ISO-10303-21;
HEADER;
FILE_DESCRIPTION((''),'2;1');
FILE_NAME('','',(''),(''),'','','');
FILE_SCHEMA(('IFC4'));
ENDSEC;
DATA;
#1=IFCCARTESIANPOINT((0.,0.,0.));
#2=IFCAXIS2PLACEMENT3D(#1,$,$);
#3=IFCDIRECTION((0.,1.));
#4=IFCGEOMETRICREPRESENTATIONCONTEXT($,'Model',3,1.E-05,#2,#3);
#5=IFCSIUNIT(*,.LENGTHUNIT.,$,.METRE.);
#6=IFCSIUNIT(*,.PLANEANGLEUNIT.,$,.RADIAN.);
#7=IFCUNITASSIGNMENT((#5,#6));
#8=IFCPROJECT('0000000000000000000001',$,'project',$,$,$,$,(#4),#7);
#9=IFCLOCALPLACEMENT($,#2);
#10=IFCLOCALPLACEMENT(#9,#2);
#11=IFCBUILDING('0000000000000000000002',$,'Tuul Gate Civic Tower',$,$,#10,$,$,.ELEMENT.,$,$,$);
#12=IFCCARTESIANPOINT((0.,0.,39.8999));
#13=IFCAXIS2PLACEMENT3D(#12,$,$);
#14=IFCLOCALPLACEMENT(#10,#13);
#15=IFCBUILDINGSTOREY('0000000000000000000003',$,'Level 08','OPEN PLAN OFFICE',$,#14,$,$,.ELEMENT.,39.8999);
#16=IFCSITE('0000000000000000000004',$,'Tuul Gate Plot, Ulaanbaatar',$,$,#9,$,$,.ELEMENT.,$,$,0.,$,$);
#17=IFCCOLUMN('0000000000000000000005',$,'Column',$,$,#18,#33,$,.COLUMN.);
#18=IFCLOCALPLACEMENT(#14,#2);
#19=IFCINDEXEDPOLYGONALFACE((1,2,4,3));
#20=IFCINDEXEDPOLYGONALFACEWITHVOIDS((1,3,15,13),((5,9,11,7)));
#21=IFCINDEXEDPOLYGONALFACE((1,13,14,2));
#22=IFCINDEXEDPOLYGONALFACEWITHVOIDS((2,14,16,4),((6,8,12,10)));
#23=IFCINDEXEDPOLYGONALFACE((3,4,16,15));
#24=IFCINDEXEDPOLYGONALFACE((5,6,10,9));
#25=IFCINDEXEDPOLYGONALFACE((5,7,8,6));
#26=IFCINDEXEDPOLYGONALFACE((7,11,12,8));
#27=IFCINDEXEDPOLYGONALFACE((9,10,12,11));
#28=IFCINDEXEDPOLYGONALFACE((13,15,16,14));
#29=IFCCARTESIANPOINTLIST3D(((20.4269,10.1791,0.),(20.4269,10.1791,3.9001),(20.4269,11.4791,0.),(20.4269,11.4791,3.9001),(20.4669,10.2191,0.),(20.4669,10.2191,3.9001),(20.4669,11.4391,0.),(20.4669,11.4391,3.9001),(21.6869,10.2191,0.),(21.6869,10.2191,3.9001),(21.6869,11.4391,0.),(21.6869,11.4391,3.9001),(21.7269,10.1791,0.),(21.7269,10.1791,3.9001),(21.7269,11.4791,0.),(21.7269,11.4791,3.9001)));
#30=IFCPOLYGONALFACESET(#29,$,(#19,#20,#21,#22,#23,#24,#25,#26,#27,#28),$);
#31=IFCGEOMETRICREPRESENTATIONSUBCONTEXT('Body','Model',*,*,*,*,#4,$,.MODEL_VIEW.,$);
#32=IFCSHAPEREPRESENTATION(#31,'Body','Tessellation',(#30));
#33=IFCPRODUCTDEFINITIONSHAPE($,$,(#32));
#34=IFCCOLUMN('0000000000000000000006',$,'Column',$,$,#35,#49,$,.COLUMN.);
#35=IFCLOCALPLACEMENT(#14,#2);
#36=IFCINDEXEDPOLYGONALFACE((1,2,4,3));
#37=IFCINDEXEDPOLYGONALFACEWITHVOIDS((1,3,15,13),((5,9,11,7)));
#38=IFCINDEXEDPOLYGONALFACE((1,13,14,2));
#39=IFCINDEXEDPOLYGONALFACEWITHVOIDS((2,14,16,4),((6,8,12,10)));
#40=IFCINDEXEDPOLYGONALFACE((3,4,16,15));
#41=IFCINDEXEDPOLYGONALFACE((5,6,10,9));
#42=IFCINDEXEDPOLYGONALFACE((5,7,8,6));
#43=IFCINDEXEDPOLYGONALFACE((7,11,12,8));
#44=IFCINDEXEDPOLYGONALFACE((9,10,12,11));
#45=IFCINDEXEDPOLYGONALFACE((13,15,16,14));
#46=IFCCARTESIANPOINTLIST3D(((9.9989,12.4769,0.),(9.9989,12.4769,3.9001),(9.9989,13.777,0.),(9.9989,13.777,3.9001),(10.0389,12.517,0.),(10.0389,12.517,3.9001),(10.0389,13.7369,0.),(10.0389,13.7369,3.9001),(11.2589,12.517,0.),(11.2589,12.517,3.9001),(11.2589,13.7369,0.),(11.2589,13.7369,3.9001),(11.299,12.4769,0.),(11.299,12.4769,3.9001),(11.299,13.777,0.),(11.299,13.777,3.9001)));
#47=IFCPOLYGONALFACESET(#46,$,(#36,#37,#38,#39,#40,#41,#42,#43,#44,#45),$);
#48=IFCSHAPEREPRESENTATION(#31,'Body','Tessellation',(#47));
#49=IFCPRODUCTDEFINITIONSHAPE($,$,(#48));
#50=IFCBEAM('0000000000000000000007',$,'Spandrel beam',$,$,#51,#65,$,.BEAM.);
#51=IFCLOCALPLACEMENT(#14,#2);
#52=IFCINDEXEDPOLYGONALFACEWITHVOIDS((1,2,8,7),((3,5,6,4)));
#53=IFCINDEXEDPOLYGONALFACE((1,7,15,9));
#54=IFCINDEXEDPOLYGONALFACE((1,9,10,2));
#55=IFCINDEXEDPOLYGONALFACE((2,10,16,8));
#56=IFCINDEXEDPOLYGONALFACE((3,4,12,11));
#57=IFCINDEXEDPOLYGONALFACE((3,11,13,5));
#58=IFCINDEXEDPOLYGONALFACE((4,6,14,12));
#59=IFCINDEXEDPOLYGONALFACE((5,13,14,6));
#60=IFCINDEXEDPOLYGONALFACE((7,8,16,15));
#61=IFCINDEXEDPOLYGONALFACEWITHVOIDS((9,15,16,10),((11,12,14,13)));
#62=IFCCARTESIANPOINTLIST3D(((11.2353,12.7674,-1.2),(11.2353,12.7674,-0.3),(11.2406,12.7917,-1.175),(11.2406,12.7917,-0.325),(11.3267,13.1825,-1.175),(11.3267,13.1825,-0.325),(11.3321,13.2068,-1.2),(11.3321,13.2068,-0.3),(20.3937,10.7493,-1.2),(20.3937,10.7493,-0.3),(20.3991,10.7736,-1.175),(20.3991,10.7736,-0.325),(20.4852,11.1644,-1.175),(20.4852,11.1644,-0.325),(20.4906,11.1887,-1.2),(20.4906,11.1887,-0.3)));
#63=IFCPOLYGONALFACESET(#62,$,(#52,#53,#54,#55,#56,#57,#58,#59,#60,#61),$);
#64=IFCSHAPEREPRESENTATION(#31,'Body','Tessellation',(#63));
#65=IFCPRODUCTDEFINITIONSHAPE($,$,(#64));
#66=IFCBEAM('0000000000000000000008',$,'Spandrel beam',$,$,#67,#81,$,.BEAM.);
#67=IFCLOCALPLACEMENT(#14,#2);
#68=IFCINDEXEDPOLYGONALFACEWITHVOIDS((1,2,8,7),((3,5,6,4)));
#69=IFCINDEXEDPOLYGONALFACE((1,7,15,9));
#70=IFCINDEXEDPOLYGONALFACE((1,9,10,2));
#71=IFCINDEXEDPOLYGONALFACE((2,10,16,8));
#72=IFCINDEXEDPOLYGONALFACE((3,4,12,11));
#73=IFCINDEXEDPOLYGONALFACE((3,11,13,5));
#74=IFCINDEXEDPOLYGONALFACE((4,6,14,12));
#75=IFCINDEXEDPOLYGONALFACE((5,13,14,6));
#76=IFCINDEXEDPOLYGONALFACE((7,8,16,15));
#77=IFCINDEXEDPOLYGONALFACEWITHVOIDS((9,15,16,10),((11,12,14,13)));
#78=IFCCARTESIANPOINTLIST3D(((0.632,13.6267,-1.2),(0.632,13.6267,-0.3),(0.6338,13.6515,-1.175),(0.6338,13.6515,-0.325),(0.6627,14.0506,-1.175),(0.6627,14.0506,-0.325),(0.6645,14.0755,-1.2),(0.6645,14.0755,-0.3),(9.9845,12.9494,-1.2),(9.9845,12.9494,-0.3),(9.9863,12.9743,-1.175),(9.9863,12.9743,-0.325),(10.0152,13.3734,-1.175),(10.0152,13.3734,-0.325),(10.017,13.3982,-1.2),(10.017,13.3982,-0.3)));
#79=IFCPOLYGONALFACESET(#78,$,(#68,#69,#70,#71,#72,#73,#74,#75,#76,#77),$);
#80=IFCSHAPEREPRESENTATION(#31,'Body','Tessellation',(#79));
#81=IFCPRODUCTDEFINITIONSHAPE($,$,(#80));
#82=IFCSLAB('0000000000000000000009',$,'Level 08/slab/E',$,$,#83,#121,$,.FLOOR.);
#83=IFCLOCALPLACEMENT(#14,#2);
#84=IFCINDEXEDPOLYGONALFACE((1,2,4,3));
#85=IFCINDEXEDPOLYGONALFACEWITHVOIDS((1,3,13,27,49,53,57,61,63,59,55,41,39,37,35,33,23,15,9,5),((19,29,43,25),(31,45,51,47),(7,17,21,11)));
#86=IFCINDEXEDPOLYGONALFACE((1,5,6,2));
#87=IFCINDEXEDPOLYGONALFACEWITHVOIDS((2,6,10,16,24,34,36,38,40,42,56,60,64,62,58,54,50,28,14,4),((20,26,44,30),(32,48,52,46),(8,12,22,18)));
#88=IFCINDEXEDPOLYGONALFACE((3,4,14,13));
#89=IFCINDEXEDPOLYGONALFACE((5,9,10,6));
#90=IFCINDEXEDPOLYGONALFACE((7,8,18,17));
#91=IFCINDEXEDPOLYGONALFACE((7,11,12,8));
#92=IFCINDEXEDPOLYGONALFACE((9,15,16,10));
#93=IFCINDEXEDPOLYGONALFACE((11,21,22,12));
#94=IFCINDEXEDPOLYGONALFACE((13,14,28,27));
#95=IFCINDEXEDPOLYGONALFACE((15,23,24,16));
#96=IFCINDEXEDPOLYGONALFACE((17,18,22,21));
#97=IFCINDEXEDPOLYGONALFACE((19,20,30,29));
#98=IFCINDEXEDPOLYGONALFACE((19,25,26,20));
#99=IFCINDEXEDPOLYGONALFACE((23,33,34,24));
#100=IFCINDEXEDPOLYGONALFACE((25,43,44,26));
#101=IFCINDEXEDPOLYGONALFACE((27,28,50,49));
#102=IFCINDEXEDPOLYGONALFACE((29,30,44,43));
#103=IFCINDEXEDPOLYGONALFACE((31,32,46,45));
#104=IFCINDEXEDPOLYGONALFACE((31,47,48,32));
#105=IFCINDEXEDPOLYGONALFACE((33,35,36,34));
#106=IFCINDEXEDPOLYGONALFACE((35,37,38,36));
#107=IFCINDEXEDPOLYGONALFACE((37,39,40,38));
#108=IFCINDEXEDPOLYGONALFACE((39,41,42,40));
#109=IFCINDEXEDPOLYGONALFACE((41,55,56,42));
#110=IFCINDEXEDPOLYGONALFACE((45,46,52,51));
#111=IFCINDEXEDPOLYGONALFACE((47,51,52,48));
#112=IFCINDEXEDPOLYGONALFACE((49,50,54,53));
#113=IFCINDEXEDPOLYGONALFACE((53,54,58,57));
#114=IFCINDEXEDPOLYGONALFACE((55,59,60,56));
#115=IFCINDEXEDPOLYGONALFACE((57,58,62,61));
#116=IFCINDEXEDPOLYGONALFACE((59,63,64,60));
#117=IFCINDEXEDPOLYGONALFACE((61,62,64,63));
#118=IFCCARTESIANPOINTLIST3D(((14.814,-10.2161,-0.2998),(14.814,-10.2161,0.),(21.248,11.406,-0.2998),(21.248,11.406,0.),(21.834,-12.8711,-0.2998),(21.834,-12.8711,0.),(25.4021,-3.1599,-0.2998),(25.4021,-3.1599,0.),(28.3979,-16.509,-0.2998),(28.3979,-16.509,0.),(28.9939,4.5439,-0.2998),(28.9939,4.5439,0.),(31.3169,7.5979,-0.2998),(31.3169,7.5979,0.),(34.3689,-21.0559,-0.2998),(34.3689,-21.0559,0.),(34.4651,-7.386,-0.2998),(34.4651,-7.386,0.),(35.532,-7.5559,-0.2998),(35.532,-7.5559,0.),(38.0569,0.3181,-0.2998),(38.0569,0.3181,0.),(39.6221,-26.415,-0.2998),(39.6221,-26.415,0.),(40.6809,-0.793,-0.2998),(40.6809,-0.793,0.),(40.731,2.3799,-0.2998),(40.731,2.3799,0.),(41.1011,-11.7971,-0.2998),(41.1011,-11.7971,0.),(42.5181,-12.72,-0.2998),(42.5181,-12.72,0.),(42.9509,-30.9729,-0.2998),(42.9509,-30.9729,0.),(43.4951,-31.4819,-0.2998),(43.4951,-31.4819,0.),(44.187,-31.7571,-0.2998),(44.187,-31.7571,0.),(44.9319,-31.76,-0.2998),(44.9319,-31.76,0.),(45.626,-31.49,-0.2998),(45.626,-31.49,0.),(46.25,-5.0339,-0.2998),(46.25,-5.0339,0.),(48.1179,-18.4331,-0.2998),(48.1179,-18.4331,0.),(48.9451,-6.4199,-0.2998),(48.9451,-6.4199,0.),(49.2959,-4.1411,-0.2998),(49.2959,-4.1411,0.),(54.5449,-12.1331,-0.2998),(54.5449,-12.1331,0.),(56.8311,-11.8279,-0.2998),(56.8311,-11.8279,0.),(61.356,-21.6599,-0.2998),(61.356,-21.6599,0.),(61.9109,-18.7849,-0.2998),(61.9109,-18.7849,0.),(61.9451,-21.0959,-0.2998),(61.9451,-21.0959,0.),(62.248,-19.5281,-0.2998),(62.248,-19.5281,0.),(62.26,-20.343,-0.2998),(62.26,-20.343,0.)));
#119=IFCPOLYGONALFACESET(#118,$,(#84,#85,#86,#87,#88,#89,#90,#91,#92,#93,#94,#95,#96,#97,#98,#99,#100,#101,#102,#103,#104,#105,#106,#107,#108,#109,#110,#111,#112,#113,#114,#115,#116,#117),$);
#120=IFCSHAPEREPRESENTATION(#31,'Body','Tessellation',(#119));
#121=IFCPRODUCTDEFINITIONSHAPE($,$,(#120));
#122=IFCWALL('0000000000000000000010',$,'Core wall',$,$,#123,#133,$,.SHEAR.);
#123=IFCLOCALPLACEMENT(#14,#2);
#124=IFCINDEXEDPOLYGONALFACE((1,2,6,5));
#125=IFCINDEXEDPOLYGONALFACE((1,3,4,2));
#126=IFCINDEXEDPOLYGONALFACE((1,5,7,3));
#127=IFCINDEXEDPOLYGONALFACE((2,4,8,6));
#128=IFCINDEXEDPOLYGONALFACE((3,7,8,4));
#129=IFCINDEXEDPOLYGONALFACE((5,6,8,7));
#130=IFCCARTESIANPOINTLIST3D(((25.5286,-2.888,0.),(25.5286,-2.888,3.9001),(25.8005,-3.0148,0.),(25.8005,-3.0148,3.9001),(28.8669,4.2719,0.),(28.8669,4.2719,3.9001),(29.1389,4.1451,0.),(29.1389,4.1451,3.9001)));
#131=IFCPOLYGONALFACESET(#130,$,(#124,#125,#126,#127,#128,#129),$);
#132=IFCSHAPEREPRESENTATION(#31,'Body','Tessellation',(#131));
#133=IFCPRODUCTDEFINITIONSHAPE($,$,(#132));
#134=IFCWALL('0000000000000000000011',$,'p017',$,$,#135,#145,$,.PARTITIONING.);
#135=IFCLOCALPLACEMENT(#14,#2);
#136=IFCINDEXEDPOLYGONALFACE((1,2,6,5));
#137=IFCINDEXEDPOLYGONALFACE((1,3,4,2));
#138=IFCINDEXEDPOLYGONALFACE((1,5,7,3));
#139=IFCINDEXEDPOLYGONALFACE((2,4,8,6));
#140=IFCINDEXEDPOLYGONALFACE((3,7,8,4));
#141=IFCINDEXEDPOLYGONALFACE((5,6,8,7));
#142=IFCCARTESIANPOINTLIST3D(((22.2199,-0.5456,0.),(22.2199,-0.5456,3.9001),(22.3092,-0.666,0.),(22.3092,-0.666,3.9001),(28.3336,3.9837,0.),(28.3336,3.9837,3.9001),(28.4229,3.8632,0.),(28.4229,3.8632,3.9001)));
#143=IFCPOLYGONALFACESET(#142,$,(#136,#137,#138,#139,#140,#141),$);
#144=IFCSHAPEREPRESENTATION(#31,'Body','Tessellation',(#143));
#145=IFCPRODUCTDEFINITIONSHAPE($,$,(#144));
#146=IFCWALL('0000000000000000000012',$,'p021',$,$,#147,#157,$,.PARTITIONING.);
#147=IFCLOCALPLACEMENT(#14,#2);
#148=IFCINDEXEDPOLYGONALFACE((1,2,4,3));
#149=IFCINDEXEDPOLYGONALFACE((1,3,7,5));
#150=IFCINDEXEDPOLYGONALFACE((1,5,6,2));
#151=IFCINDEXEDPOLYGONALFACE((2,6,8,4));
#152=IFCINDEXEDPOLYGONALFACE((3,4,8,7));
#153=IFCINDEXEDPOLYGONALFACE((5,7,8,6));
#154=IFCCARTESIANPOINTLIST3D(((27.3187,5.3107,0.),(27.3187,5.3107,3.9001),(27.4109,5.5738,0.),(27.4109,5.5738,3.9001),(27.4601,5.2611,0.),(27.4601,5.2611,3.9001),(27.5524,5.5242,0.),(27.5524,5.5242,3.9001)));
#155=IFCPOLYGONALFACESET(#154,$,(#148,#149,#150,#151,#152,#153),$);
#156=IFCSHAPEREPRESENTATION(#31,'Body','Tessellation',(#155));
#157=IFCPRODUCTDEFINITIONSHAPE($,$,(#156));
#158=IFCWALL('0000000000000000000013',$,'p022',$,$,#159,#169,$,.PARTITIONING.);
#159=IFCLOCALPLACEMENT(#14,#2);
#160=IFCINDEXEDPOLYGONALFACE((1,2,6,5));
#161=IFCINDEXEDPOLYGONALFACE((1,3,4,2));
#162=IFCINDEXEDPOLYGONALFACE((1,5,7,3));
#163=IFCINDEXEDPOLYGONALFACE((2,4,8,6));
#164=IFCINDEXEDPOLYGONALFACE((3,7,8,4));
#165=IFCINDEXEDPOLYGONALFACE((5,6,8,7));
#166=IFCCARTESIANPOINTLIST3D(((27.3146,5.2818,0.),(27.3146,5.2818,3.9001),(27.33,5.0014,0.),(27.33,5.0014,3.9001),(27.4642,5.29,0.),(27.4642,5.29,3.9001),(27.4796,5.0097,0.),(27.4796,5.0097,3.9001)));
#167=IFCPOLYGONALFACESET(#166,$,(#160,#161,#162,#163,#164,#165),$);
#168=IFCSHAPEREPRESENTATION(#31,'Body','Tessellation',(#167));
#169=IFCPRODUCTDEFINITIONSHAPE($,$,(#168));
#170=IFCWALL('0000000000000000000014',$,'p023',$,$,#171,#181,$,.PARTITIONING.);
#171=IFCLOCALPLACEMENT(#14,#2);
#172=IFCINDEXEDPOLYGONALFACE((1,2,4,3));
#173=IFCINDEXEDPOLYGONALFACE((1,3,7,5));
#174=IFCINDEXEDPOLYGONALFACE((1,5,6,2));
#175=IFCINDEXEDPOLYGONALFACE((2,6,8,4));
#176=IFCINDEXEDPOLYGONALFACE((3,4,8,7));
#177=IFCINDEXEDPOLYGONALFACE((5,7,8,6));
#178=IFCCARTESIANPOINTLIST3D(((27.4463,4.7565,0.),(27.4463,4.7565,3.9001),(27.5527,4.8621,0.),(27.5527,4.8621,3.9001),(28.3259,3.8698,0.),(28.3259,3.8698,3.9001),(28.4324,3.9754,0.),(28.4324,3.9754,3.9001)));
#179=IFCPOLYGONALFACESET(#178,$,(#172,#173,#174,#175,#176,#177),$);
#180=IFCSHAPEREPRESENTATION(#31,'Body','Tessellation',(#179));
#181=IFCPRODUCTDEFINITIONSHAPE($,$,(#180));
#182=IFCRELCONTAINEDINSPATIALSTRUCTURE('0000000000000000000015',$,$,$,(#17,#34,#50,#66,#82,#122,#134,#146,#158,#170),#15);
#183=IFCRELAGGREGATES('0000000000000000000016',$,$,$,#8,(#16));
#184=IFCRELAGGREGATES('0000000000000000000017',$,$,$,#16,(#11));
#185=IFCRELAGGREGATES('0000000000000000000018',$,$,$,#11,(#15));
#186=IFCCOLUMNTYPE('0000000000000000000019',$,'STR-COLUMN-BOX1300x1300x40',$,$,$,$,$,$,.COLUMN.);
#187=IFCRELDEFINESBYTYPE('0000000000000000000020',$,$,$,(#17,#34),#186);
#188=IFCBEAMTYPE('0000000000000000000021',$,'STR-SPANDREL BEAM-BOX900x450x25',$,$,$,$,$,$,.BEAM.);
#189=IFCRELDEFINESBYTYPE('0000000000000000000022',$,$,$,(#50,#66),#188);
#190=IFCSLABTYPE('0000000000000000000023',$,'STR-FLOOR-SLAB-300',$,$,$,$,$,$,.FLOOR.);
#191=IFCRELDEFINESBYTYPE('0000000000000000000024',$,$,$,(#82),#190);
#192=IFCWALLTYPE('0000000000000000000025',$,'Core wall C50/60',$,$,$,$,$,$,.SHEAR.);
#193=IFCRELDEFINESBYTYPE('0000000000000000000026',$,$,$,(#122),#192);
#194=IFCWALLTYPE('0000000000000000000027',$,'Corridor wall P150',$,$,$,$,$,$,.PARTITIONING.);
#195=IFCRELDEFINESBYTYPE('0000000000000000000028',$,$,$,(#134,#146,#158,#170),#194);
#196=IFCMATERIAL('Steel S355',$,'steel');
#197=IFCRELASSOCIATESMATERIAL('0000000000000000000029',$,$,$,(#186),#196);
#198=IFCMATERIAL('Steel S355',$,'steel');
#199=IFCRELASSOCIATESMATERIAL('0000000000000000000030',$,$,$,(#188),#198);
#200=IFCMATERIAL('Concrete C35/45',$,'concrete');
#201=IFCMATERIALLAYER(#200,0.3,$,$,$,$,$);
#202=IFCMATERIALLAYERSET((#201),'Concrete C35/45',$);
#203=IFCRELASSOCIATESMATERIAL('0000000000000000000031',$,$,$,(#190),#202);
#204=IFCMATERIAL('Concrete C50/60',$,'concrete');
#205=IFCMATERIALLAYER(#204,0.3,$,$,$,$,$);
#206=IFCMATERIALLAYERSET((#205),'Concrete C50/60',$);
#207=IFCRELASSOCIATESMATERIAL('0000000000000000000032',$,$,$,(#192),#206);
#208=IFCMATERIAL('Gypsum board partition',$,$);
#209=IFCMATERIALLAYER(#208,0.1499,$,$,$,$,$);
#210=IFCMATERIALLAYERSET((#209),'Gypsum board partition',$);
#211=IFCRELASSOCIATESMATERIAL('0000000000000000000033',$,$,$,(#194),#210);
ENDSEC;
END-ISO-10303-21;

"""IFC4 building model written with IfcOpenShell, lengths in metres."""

from ifc_helpers import new_model, si_unit, direction, frame, frame_2d, origin, origin_2d, place, context, subcontext, project, spatial, polyline, rectangle, hollow_rectangle, outline, extrude, material, layer, layer_set, material_profile, profile_set, type_object, element, save


model = new_model("IFC4")

# Units and contexts
model_context = context("Model", 3, precision=1e-05, world=origin(), true_north=direction((0.0, 1.0)))
body_context = subcontext(model_context, "Body", "Model", "MODEL_VIEW")
ifc_project = project(units=[si_unit("LENGTHUNIT", "METRE"), si_unit("PLANEANGLEUNIT", "RADIAN")], contexts=[model_context])

# Site, building, storey
site_placement = place(None, origin())
site = spatial("IfcSite", under=ifc_project, at=site_placement, Name="Tuul Gate Plot, Ulaanbaatar", CompositionType="ELEMENT", RefElevation=0.0)
building_placement = place(site_placement, origin())
building = spatial("IfcBuilding", under=site, at=building_placement, Name="Tuul Gate Civic Tower", CompositionType="ELEMENT")
storey_placement = place(building_placement, frame((0.0, 0.0, 39.8999)))
storey = spatial("IfcBuildingStorey", under=building, at=storey_placement, Name="Level 08", Description="OPEN PLAN OFFICE", CompositionType="ELEMENT", Elevation=39.8999)

# Columns
ifc_material_1 = material(Name="Steel S355", Category="steel")
ifc_material_profile_1 = material_profile(ifc_material_1, hollow_rectangle(XDim=1.3, YDim=1.3, WallThickness=0.04, at=origin_2d()), Name="BOX1300x1300x40")
ifc_profile_set_1 = profile_set([ifc_material_profile_1], Name="Steel S355")
column_type = type_object("IfcColumnType", Name="STR-COLUMN-BOX1300x1300x40", PredefinedType="COLUMN", material=ifc_profile_set_1)
for number, where, z_axis, x_axis, name in (
    (1, (21.0769, 10.8291, 0.0), (0.0, 0.0, 1.0), (1.0, 0.0, 0.0), "Column"),
    (2, (10.6489, 13.127, 0.0), (0.0, 0.0, 1.0), (1.0, 0.0, 0.0), "Column"),
):
    element("IfcColumn", number, at=place(storey_placement, frame(where, z_axis=z_axis, x_axis=x_axis)), inside=storey, type_object=column_type, Name=name, PredefinedType="COLUMN", context=body_context, shape_type="SweptSolid", body=[
        extrude(hollow_rectangle(XDim=1.3, YDim=1.3, WallThickness=0.04, at=origin_2d()), origin(), (0.0, 0.0, 1.0), 3.9001),
    ])

# Beams
ifc_material_2 = material(Name="Steel S355", Category="steel")
ifc_material_profile_2 = material_profile(ifc_material_2, hollow_rectangle(XDim=0.45, YDim=0.8999, WallThickness=0.0249, at=origin_2d()), Name="BOX900x450x25")
ifc_profile_set_2 = profile_set([ifc_material_profile_2], Name="Steel S355")
beam_type = type_object("IfcBeamType", Name="STR-SPANDREL BEAM-BOX900x450x25", PredefinedType="BEAM", material=ifc_profile_set_2)
beam_1_placement = place(storey_placement, frame((20.4421, 10.969, -0.75), z_axis=(-0.976573, 0.215188, 0.0), x_axis=(-0.215188, -0.976573, 0.0)))
element("IfcBeam", 3, at=beam_1_placement, inside=storey, type_object=beam_type, Name="Spandrel beam", PredefinedType="BEAM", context=body_context, shape_type="SweptSolid", body=[
    extrude(hollow_rectangle(XDim=0.45, YDim=0.8999, WallThickness=0.0249, at=origin_2d()), origin(), (0.0, 0.0, 1.0), 9.3782),
])
beam_2_placement = place(storey_placement, frame((10.0007, 13.1738, -0.75), z_axis=(-0.997388, 0.072224, 0.0), x_axis=(-0.072224, -0.997388, 0.0)))
element("IfcBeam", 4, at=beam_2_placement, inside=storey, type_object=beam_type, Name="Spandrel beam", PredefinedType="BEAM", context=body_context, shape_type="SweptSolid", body=[
    extrude(hollow_rectangle(XDim=0.45, YDim=0.8999, WallThickness=0.0249, at=origin_2d()), origin(), (0.0, 0.0, 1.0), 9.377),
])

# Slab
ifc_material_3 = material(Name="Concrete C35/45", Category="concrete")
ifc_layer_1 = layer(ifc_material_3, 0.3)
ifc_layer_set_1 = layer_set([ifc_layer_1], Name="Concrete C35/45")
slab_type = type_object("IfcSlabType", Name="STR-FLOOR-SLAB-300", PredefinedType="FLOOR", material=ifc_layer_set_1)
slab_placement = place(storey_placement, frame((0.0, 0.0, -0.2998)))
element("IfcSlab", 5, at=slab_placement, inside=storey, type_object=slab_type, Name="Level 08/slab/E", PredefinedType="FLOOR", context=body_context, shape_type="SweptSolid", body=[
    extrude(outline(polyline([(44.9319, -31.76), (45.626, -31.49), (61.356, -21.6599), (61.9451, -21.0959), (62.26, -20.343), (62.248, -19.5281), (61.9109, -18.7849), (56.8311, -11.8279), (49.2959, -4.1411), (40.731, 2.3799), (31.3169, 7.5979), (21.248, 11.406), (14.814, -10.2161), (21.834, -12.8711), (28.3979, -16.509), (34.3689, -21.0559), (39.6221, -26.415), (42.9509, -30.9729), (43.4951, -31.4819), (44.187, -31.7571), (44.9319, -31.76)]), holes=[polyline([(48.1179, -18.4331), (42.5181, -12.72), (48.9451, -6.4199), (54.5449, -12.1331), (48.1179, -18.4331)]), polyline([(35.532, -7.5559), (40.6809, -0.793), (46.25, -5.0339), (41.1011, -11.7971), (35.532, -7.5559)]), polyline([(25.4021, -3.1599), (28.9939, 4.5439), (38.0569, 0.3181), (34.4651, -7.386), (25.4021, -3.1599)])]), origin(), (0.0, 0.0, 1.0), 0.2998),
])

# Walls
ifc_material_4 = material(Name="Concrete C50/60", Category="concrete")
ifc_layer_2 = layer(ifc_material_4, 0.3)
ifc_layer_set_2 = layer_set([ifc_layer_2], Name="Concrete C50/60")
wall_type_1 = type_object("IfcWallType", Name="Core wall C50/60", PredefinedType="SHEAR", material=ifc_layer_set_2)
wall_1_placement = place(storey_placement, frame((25.6646, -2.9514, 0.0), z_axis=(0.0, 0.0, 1.0), x_axis=(0.422583, 0.906324, 0.0)))
element("IfcWall", 6, at=wall_1_placement, inside=storey, type_object=wall_type_1, Name="Core wall", PredefinedType="SHEAR", context=body_context, shape_type="SweptSolid", body=[
    extrude(rectangle(XDim=7.8999, YDim=0.3, at=frame_2d((3.95, 0.0))), origin(), (0.0, 0.0, 1.0), 3.9001),
])
ifc_material_5 = material(Name="Gypsum board partition")
ifc_layer_3 = layer(ifc_material_5, 0.1499)
ifc_layer_set_3 = layer_set([ifc_layer_3], Name="Gypsum board partition")
wall_type_2 = type_object("IfcWallType", Name="Corridor wall P150", PredefinedType="PARTITIONING", material=ifc_layer_set_3)
wall_2_placement = place(storey_placement, frame((22.2646, -0.6057, 0.0), z_axis=(0.0, 0.0, 1.0), x_axis=(0.803521, 0.595277, 0.0)))
element("IfcWall", 7, at=wall_2_placement, inside=storey, type_object=wall_type_2, Name="p017", PredefinedType="PARTITIONING", context=body_context, shape_type="SweptSolid", body=[
    extrude(rectangle(XDim=7.6086, YDim=0.1499, at=frame_2d((3.8042, 0.0))), origin(), (0.0, 0.0, 1.0), 3.9001),
])
wall_3_placement = place(storey_placement, frame((27.3894, 5.2859, 0.0), z_axis=(0.0, 0.0, 1.0), x_axis=(0.330896, 0.943667, 0.0)))
element("IfcWall", 8, at=wall_3_placement, inside=storey, type_object=wall_type_2, Name="p021", PredefinedType="PARTITIONING", context=body_context, shape_type="SweptSolid", body=[
    extrude(rectangle(XDim=0.2788, YDim=0.1499, at=frame_2d((0.1394, 0.0))), origin(), (0.0, 0.0, 1.0), 3.9001),
])
wall_4_placement = place(storey_placement, frame((27.3894, 5.2859, 0.0), z_axis=(0.0, 0.0, 1.0), x_axis=(0.054796, -0.998498, 0.0)))
element("IfcWall", 9, at=wall_4_placement, inside=storey, type_object=wall_type_2, Name="p022", PredefinedType="PARTITIONING", context=body_context, shape_type="SweptSolid", body=[
    extrude(rectangle(XDim=0.2808, YDim=0.1499, at=frame_2d((0.1404, 0.0))), origin(), (0.0, 0.0, 1.0), 3.9001),
])
wall_5_placement = place(storey_placement, frame((27.4995, 4.8093, 0.0), z_axis=(0.0, 0.0, 1.0), x_axis=(0.704267, -0.709935, 0.0)))
element("IfcWall", 10, at=wall_5_placement, inside=storey, type_object=wall_type_2, Name="p023", PredefinedType="PARTITIONING", context=body_context, shape_type="SweptSolid", body=[
    extrude(rectangle(XDim=1.249, YDim=0.1499, at=frame_2d((0.6245, 0.0))), origin(), (0.0, 0.0, 1.0), 3.9001),
])

save(model, "model.ifc")
